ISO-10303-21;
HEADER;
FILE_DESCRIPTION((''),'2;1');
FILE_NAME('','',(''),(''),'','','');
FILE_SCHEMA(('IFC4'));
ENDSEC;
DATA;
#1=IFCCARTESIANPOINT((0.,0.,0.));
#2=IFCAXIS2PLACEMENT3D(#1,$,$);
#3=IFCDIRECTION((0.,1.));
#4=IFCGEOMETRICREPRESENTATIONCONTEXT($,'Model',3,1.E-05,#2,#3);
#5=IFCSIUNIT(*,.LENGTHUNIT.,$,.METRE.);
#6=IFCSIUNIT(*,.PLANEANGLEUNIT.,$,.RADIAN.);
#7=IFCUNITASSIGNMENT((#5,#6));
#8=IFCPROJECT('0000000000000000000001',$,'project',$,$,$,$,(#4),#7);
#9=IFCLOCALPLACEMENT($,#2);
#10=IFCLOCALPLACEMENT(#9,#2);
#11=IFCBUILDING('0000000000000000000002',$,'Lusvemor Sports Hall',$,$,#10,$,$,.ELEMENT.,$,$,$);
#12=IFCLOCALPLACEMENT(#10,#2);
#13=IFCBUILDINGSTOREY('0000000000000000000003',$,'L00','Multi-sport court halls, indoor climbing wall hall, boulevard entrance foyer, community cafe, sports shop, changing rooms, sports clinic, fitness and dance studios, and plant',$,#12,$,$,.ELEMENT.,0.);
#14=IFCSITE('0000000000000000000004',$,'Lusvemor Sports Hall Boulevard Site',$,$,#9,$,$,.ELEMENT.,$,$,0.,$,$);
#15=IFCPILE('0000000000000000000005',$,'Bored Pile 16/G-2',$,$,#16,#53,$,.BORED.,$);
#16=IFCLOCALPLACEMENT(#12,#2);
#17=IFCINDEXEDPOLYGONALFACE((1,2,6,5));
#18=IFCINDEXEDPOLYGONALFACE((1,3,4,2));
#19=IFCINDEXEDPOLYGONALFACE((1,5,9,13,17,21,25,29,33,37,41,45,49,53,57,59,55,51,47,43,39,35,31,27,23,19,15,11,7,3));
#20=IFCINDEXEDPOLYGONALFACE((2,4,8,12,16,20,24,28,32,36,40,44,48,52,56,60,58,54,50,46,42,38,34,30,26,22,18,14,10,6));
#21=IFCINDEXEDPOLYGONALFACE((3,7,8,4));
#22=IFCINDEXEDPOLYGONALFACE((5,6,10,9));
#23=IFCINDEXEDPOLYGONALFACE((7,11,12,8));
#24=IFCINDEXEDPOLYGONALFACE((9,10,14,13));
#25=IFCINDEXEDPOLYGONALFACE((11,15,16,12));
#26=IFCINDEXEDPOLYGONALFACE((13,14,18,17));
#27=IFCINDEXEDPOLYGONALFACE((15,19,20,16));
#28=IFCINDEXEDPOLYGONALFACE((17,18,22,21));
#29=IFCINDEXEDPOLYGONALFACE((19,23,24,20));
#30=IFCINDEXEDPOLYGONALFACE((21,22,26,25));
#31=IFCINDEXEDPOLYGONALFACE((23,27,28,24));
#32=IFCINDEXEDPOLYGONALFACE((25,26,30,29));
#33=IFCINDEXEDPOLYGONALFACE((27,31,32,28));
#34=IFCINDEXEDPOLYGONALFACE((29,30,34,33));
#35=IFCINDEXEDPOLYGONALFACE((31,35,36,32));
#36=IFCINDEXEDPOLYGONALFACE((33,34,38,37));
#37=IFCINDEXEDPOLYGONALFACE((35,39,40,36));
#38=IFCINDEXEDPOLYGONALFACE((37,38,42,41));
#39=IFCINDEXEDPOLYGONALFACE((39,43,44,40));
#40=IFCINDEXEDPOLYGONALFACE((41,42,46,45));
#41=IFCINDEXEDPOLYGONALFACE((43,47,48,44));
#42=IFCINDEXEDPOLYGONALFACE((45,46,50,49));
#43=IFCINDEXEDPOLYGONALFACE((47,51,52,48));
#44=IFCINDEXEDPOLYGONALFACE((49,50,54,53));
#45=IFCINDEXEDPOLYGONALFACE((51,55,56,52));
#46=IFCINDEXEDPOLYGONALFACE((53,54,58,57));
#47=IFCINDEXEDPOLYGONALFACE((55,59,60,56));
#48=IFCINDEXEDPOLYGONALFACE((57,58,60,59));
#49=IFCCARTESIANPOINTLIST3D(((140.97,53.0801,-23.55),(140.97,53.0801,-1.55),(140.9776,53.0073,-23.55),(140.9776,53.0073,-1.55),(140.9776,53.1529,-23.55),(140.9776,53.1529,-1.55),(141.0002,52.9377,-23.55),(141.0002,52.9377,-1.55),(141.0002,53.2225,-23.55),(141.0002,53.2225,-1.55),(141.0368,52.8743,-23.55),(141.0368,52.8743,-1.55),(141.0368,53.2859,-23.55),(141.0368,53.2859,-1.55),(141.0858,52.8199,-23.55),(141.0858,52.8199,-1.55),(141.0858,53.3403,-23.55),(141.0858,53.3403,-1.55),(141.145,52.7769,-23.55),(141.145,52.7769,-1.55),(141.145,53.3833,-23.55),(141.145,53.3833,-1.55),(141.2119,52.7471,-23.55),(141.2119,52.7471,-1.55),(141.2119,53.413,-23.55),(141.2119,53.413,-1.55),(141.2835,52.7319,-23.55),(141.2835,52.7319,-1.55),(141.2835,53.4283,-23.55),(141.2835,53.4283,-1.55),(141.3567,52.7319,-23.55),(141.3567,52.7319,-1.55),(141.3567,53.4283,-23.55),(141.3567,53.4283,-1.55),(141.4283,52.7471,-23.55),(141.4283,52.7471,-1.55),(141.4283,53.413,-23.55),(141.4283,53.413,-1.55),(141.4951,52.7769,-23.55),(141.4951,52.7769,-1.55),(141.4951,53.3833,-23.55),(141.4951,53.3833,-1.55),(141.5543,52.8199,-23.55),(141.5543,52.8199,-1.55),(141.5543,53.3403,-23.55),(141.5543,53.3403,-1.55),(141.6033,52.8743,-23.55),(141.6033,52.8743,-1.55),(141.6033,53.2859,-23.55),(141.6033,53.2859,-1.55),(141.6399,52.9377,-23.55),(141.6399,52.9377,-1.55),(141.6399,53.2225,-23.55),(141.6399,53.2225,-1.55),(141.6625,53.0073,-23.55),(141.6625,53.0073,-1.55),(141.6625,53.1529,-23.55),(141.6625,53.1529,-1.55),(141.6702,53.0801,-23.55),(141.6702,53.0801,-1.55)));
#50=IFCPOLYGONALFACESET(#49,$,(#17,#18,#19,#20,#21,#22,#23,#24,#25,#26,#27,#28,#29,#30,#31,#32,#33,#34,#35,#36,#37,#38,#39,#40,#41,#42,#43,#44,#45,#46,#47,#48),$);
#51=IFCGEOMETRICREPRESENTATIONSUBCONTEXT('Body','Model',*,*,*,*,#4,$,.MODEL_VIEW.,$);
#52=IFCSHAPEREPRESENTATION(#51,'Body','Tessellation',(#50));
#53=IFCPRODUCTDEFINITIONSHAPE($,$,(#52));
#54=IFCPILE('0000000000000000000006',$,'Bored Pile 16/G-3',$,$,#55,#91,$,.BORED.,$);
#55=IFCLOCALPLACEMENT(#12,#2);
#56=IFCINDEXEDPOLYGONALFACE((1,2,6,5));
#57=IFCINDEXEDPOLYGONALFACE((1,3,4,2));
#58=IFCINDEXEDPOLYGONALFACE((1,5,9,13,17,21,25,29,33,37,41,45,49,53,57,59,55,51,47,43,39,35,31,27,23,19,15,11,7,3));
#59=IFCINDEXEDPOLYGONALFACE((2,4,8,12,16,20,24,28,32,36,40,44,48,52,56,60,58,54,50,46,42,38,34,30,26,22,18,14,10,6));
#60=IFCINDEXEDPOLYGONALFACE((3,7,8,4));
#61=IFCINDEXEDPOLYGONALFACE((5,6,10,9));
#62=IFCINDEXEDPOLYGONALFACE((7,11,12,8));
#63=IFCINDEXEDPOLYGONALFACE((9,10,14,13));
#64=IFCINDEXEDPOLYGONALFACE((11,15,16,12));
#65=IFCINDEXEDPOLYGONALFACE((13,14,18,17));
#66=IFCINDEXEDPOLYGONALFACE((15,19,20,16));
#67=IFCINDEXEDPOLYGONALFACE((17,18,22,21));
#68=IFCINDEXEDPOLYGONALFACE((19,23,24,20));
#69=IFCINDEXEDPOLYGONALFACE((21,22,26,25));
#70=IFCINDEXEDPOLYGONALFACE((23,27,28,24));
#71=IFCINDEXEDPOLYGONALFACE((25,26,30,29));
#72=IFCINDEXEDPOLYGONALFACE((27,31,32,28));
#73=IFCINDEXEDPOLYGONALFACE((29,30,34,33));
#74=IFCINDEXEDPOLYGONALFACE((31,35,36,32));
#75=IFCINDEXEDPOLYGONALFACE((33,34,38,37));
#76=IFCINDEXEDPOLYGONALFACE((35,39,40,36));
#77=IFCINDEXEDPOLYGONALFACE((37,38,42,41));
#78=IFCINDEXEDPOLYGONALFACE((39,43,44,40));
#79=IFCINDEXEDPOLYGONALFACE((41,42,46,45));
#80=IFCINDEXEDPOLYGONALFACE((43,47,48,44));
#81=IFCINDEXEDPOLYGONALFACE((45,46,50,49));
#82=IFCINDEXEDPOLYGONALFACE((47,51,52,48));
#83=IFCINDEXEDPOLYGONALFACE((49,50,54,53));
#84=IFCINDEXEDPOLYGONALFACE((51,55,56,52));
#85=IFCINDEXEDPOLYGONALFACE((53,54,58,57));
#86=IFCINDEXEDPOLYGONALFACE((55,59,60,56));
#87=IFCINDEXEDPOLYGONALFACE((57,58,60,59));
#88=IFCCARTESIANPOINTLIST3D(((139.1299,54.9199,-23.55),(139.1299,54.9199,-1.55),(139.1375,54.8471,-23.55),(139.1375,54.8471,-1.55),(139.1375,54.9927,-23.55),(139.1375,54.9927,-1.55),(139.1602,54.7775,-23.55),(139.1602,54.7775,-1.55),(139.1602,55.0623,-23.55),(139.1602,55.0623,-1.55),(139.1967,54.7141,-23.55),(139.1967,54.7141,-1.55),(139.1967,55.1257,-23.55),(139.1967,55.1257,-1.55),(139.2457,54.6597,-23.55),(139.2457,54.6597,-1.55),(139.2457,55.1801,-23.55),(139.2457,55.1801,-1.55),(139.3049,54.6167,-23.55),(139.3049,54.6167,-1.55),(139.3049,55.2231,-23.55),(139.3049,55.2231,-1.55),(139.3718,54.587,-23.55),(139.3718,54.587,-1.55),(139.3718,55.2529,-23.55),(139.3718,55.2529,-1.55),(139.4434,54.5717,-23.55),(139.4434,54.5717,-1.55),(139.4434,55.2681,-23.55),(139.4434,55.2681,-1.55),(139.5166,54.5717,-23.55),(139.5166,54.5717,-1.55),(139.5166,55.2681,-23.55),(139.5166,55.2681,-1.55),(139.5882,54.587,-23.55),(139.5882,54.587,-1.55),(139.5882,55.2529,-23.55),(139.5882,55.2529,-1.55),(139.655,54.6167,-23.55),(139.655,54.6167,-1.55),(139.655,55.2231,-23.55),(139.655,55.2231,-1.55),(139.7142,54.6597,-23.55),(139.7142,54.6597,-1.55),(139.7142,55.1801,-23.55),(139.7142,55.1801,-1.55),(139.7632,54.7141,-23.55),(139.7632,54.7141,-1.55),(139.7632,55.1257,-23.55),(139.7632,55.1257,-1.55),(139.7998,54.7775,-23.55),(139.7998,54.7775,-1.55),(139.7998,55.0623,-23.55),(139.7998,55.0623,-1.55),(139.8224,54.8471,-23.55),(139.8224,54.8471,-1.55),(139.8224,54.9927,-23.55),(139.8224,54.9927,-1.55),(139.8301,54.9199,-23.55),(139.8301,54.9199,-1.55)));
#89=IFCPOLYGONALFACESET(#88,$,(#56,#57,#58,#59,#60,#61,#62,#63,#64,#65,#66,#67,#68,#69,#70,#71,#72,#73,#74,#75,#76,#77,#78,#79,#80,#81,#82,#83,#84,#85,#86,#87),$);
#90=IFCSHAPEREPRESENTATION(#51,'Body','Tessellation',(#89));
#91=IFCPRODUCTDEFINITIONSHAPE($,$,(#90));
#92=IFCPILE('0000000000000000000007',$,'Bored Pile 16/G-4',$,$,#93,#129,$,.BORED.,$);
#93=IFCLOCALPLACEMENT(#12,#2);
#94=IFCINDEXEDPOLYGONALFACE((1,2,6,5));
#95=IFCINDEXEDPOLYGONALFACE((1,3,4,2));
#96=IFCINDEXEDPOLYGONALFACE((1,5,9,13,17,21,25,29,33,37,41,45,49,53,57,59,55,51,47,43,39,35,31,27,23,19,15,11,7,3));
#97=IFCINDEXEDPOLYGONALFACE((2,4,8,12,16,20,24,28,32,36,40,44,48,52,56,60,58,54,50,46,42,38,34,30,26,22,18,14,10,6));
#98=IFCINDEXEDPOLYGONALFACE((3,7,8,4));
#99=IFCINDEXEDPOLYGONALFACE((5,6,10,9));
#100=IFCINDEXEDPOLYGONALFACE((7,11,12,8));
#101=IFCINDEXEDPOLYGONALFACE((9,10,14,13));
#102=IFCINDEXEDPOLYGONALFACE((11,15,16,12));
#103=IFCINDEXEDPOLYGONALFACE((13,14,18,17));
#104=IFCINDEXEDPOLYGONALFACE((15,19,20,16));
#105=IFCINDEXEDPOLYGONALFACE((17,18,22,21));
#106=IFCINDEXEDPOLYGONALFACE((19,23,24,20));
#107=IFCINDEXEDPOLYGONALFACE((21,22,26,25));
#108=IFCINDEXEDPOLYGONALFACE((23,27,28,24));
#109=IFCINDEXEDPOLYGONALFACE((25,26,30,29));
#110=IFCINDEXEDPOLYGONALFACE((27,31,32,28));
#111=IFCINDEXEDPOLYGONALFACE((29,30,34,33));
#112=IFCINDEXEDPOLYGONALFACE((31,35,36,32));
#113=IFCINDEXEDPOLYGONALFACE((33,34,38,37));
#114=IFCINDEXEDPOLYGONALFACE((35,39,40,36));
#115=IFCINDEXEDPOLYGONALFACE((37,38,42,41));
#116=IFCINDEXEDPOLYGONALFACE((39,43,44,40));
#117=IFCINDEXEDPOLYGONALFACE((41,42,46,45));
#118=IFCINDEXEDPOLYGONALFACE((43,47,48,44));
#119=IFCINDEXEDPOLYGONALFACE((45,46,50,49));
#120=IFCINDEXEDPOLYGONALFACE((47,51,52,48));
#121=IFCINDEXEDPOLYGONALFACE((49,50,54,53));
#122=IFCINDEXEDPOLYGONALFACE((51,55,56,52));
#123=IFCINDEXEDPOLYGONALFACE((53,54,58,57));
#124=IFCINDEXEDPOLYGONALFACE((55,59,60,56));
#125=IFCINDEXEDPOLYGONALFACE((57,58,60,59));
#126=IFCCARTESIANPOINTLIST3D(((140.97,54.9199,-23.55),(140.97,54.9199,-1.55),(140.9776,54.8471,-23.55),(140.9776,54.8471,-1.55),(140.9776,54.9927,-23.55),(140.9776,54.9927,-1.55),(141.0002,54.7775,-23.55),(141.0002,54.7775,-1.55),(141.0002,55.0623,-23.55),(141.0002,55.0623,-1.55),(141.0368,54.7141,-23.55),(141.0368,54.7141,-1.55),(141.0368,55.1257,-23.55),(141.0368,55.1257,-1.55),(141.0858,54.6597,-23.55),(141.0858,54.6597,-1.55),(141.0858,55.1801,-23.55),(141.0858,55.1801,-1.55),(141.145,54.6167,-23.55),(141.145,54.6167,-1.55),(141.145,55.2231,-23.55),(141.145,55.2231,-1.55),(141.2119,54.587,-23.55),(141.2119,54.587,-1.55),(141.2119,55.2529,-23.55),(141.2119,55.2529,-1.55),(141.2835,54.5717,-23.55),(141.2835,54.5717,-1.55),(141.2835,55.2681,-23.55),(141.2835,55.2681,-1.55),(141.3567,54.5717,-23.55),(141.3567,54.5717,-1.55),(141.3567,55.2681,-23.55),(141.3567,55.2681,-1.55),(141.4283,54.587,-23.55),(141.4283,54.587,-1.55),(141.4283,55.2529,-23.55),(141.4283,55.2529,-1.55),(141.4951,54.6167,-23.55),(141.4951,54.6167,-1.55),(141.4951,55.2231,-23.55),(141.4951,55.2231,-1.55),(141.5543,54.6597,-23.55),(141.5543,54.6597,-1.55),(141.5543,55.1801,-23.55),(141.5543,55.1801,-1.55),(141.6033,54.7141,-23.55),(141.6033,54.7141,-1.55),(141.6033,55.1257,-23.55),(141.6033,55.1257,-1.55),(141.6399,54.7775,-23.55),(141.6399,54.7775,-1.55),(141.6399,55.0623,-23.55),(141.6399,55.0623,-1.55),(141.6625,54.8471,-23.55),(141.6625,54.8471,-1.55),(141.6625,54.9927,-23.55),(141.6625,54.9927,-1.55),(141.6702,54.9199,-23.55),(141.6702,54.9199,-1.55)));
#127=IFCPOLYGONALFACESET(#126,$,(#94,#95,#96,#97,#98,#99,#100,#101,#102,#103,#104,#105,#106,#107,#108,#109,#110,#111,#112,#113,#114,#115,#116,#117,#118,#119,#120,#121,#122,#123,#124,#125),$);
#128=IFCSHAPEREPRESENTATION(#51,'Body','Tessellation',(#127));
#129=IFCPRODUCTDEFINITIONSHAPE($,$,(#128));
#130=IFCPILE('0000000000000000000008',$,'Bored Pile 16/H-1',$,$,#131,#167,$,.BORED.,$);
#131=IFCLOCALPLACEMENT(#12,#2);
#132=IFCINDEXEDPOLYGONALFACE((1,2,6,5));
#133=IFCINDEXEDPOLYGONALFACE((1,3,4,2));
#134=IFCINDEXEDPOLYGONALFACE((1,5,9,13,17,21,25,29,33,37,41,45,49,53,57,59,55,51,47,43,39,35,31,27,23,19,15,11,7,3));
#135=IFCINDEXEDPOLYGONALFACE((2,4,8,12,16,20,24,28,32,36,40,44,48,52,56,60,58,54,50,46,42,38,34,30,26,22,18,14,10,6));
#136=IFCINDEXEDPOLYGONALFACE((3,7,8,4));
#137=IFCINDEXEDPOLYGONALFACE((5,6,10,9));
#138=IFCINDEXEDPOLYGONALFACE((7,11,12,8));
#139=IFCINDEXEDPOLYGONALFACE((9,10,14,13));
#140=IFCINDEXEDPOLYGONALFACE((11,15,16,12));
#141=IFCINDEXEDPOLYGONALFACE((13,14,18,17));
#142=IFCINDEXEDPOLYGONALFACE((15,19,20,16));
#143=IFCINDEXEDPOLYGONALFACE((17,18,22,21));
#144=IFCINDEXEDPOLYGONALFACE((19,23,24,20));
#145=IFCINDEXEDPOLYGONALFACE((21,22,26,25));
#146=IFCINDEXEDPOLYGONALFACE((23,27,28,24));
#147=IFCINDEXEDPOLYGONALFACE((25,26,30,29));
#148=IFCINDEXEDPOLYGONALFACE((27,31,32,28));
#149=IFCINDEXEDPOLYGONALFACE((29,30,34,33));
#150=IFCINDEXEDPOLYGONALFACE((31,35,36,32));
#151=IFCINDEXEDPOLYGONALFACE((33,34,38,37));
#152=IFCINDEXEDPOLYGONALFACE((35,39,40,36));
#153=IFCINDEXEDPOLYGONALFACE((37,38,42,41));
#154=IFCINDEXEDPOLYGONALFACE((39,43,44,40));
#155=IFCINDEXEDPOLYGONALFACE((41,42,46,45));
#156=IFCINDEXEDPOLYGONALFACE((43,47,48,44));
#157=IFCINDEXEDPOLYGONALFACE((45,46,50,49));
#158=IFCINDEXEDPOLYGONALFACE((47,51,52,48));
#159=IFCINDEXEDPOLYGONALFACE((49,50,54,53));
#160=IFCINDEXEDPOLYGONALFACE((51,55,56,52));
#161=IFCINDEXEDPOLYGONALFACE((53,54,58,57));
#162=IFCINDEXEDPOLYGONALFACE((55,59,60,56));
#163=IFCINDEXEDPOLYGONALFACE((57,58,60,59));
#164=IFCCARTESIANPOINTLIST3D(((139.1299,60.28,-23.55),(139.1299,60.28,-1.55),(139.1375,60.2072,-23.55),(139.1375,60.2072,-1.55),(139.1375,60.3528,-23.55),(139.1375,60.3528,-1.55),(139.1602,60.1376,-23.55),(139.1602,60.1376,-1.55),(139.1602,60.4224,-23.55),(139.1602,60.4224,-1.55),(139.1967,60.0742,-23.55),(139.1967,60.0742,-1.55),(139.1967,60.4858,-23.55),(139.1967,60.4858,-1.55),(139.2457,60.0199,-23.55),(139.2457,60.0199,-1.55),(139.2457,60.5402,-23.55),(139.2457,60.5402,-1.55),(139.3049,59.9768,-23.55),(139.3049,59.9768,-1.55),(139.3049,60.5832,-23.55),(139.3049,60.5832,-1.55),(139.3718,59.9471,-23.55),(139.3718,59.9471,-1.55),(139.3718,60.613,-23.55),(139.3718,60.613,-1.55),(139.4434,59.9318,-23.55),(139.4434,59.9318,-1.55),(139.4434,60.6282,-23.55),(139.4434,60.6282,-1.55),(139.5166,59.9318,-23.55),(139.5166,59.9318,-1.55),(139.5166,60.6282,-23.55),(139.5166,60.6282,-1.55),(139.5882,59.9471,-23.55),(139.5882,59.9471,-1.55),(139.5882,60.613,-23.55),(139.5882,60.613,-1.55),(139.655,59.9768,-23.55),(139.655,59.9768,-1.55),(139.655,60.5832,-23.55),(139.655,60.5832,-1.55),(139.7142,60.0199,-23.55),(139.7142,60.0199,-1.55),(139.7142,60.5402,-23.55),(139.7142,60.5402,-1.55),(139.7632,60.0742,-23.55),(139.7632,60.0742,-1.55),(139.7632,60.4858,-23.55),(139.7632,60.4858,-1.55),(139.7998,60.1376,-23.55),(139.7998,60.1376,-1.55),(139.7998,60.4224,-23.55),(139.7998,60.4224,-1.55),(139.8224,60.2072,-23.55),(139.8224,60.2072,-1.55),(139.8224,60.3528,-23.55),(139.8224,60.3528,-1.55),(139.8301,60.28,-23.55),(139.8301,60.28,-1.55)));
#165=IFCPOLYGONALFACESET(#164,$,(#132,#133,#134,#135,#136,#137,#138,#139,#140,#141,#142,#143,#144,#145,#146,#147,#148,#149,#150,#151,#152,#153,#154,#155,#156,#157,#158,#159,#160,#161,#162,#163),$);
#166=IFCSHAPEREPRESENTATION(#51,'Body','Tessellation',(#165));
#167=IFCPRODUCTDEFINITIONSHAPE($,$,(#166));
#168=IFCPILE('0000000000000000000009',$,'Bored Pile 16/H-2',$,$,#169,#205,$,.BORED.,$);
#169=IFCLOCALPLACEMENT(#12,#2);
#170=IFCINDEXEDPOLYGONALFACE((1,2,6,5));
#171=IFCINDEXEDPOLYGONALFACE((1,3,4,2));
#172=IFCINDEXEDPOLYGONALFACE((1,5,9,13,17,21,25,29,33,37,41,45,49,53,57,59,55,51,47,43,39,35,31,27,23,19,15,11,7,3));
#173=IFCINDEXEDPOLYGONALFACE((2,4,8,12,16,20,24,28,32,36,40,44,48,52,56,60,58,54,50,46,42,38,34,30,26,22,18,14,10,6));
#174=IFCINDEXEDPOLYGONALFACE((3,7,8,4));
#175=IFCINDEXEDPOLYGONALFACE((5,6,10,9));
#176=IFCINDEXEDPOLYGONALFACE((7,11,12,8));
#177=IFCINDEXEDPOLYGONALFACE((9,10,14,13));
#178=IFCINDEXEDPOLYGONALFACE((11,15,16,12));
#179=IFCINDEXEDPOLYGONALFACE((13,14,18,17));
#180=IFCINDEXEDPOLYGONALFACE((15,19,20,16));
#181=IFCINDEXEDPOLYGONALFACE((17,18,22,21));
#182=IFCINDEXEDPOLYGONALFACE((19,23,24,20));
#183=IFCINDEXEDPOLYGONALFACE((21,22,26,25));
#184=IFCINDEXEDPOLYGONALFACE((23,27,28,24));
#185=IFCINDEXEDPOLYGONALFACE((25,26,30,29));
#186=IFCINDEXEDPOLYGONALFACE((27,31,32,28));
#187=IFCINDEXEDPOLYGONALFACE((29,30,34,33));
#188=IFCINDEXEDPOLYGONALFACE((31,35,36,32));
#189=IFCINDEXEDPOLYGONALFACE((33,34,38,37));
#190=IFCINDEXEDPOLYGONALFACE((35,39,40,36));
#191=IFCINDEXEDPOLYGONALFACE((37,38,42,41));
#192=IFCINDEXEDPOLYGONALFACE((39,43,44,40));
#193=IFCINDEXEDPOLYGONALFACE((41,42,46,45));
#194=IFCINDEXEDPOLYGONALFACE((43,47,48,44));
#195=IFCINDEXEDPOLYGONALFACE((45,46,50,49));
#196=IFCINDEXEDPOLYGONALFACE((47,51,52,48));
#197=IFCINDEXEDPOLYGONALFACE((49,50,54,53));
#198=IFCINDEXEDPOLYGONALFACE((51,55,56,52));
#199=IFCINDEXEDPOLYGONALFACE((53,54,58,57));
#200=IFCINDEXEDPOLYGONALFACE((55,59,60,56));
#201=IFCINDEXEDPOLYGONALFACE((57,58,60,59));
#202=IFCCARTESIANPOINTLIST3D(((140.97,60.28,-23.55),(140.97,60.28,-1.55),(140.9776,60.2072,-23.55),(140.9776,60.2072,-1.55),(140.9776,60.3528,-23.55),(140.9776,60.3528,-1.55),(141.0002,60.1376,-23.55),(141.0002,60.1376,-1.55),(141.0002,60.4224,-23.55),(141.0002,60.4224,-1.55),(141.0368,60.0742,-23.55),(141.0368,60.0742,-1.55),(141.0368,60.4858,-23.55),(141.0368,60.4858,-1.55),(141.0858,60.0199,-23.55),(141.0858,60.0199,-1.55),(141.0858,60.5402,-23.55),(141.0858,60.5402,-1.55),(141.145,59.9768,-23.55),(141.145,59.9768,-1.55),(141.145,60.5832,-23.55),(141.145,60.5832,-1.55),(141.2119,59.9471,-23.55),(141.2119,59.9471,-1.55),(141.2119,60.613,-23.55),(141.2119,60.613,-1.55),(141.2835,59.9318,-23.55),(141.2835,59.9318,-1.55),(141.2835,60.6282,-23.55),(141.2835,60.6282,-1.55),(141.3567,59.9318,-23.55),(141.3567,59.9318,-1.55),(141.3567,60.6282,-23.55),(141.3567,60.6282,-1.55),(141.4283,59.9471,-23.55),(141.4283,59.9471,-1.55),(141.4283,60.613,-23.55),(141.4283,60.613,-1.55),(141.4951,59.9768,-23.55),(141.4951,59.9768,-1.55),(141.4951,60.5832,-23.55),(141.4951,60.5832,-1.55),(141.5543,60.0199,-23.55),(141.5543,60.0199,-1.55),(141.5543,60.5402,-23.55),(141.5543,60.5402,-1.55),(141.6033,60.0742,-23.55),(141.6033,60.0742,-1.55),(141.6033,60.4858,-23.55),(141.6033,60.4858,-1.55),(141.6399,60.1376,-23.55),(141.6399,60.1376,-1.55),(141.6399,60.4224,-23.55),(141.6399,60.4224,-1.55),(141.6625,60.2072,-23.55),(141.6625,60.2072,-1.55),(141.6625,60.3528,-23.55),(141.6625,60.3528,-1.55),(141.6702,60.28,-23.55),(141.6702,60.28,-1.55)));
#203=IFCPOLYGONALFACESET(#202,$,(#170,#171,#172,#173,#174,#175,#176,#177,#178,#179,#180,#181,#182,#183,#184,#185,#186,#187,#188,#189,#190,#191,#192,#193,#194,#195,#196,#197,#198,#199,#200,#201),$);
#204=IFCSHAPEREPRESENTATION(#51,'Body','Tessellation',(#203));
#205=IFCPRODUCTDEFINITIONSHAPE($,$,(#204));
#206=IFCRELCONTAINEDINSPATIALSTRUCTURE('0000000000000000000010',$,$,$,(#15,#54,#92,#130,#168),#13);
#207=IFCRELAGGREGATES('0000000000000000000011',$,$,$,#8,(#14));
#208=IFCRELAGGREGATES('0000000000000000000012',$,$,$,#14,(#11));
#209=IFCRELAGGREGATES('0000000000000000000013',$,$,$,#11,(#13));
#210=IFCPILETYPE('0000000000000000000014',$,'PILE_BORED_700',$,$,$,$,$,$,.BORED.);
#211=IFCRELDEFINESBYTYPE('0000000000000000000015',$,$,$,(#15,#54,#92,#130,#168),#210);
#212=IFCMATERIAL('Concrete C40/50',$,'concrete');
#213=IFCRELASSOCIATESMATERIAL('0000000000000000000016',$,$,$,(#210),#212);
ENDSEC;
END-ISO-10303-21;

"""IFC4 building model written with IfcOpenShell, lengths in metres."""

from ifc_helpers import new_model, si_unit, direction, frame, origin, origin_2d, place, context, subcontext, project, spatial, circle, extrude, material, material_profile, profile_set, type_object, element, save


model = new_model("IFC4")

# Units and contexts
model_context = context("Model", 3, precision=1e-05, world=origin(), true_north=direction((0.0, 1.0)))
body_context = subcontext(model_context, "Body", "Model", "MODEL_VIEW")
ifc_project = project(units=[si_unit("LENGTHUNIT", "METRE"), si_unit("PLANEANGLEUNIT", "RADIAN")], contexts=[model_context])

# Site, building, storey
site_placement = place(None, origin())
site = spatial("IfcSite", under=ifc_project, at=site_placement, Name="Lusvemor Sports Hall Boulevard Site", CompositionType="ELEMENT", RefElevation=0.0)
building_placement = place(site_placement, origin())
building = spatial("IfcBuilding", under=site, at=building_placement, Name="Lusvemor Sports Hall", CompositionType="ELEMENT")
storey_placement = place(building_placement, origin())
storey = spatial("IfcBuildingStorey", under=building, at=storey_placement, Name="L00", Description="Multi-sport court halls, indoor climbing wall hall, boulevard entrance foyer, community cafe, sports shop, changing rooms, sports clinic, fitness and dance studios, and plant", CompositionType="ELEMENT", Elevation=0.0)

# Piles
ifc_material_1 = material(Name="Concrete C40/50", Category="concrete")
ifc_material_profile_1 = material_profile(ifc_material_1, circle(Radius=0.3501, at=origin_2d()), Name="PILE700")
ifc_profile_set_1 = profile_set([ifc_material_profile_1], Name="Concrete C40/50")
pile_type = type_object("IfcPileType", Name="PILE_BORED_700", PredefinedType="BORED", material=ifc_profile_set_1)
for number, where, z_axis, x_axis, name in (
    (1, (141.3201, 53.0801, -1.55), (0.0, 0.0, -1.0), (1.0, 0.0, 0.0), "Bored Pile 16/G-2"),
    (2, (139.48, 54.9199, -1.55), (0.0, 0.0, -1.0), (1.0, 0.0, 0.0), "Bored Pile 16/G-3"),
    (3, (141.3201, 54.9199, -1.55), (0.0, 0.0, -1.0), (1.0, 0.0, 0.0), "Bored Pile 16/G-4"),
    (4, (139.48, 60.28, -1.55), (0.0, 0.0, -1.0), (1.0, 0.0, 0.0), "Bored Pile 16/H-1"),
    (5, (141.3201, 60.28, -1.55), (0.0, 0.0, -1.0), (1.0, 0.0, 0.0), "Bored Pile 16/H-2"),
):
    element("IfcPile", number, at=place(storey_placement, frame(where, z_axis=z_axis, x_axis=x_axis)), inside=storey, type_object=pile_type, Name=name, PredefinedType="BORED", context=body_context, shape_type="SweptSolid", body=[
        extrude(circle(Radius=0.3501, at=origin_2d()), origin(), (0.0, 0.0, 1.0), 22.0),
    ])

save(model, "model.ifc")
